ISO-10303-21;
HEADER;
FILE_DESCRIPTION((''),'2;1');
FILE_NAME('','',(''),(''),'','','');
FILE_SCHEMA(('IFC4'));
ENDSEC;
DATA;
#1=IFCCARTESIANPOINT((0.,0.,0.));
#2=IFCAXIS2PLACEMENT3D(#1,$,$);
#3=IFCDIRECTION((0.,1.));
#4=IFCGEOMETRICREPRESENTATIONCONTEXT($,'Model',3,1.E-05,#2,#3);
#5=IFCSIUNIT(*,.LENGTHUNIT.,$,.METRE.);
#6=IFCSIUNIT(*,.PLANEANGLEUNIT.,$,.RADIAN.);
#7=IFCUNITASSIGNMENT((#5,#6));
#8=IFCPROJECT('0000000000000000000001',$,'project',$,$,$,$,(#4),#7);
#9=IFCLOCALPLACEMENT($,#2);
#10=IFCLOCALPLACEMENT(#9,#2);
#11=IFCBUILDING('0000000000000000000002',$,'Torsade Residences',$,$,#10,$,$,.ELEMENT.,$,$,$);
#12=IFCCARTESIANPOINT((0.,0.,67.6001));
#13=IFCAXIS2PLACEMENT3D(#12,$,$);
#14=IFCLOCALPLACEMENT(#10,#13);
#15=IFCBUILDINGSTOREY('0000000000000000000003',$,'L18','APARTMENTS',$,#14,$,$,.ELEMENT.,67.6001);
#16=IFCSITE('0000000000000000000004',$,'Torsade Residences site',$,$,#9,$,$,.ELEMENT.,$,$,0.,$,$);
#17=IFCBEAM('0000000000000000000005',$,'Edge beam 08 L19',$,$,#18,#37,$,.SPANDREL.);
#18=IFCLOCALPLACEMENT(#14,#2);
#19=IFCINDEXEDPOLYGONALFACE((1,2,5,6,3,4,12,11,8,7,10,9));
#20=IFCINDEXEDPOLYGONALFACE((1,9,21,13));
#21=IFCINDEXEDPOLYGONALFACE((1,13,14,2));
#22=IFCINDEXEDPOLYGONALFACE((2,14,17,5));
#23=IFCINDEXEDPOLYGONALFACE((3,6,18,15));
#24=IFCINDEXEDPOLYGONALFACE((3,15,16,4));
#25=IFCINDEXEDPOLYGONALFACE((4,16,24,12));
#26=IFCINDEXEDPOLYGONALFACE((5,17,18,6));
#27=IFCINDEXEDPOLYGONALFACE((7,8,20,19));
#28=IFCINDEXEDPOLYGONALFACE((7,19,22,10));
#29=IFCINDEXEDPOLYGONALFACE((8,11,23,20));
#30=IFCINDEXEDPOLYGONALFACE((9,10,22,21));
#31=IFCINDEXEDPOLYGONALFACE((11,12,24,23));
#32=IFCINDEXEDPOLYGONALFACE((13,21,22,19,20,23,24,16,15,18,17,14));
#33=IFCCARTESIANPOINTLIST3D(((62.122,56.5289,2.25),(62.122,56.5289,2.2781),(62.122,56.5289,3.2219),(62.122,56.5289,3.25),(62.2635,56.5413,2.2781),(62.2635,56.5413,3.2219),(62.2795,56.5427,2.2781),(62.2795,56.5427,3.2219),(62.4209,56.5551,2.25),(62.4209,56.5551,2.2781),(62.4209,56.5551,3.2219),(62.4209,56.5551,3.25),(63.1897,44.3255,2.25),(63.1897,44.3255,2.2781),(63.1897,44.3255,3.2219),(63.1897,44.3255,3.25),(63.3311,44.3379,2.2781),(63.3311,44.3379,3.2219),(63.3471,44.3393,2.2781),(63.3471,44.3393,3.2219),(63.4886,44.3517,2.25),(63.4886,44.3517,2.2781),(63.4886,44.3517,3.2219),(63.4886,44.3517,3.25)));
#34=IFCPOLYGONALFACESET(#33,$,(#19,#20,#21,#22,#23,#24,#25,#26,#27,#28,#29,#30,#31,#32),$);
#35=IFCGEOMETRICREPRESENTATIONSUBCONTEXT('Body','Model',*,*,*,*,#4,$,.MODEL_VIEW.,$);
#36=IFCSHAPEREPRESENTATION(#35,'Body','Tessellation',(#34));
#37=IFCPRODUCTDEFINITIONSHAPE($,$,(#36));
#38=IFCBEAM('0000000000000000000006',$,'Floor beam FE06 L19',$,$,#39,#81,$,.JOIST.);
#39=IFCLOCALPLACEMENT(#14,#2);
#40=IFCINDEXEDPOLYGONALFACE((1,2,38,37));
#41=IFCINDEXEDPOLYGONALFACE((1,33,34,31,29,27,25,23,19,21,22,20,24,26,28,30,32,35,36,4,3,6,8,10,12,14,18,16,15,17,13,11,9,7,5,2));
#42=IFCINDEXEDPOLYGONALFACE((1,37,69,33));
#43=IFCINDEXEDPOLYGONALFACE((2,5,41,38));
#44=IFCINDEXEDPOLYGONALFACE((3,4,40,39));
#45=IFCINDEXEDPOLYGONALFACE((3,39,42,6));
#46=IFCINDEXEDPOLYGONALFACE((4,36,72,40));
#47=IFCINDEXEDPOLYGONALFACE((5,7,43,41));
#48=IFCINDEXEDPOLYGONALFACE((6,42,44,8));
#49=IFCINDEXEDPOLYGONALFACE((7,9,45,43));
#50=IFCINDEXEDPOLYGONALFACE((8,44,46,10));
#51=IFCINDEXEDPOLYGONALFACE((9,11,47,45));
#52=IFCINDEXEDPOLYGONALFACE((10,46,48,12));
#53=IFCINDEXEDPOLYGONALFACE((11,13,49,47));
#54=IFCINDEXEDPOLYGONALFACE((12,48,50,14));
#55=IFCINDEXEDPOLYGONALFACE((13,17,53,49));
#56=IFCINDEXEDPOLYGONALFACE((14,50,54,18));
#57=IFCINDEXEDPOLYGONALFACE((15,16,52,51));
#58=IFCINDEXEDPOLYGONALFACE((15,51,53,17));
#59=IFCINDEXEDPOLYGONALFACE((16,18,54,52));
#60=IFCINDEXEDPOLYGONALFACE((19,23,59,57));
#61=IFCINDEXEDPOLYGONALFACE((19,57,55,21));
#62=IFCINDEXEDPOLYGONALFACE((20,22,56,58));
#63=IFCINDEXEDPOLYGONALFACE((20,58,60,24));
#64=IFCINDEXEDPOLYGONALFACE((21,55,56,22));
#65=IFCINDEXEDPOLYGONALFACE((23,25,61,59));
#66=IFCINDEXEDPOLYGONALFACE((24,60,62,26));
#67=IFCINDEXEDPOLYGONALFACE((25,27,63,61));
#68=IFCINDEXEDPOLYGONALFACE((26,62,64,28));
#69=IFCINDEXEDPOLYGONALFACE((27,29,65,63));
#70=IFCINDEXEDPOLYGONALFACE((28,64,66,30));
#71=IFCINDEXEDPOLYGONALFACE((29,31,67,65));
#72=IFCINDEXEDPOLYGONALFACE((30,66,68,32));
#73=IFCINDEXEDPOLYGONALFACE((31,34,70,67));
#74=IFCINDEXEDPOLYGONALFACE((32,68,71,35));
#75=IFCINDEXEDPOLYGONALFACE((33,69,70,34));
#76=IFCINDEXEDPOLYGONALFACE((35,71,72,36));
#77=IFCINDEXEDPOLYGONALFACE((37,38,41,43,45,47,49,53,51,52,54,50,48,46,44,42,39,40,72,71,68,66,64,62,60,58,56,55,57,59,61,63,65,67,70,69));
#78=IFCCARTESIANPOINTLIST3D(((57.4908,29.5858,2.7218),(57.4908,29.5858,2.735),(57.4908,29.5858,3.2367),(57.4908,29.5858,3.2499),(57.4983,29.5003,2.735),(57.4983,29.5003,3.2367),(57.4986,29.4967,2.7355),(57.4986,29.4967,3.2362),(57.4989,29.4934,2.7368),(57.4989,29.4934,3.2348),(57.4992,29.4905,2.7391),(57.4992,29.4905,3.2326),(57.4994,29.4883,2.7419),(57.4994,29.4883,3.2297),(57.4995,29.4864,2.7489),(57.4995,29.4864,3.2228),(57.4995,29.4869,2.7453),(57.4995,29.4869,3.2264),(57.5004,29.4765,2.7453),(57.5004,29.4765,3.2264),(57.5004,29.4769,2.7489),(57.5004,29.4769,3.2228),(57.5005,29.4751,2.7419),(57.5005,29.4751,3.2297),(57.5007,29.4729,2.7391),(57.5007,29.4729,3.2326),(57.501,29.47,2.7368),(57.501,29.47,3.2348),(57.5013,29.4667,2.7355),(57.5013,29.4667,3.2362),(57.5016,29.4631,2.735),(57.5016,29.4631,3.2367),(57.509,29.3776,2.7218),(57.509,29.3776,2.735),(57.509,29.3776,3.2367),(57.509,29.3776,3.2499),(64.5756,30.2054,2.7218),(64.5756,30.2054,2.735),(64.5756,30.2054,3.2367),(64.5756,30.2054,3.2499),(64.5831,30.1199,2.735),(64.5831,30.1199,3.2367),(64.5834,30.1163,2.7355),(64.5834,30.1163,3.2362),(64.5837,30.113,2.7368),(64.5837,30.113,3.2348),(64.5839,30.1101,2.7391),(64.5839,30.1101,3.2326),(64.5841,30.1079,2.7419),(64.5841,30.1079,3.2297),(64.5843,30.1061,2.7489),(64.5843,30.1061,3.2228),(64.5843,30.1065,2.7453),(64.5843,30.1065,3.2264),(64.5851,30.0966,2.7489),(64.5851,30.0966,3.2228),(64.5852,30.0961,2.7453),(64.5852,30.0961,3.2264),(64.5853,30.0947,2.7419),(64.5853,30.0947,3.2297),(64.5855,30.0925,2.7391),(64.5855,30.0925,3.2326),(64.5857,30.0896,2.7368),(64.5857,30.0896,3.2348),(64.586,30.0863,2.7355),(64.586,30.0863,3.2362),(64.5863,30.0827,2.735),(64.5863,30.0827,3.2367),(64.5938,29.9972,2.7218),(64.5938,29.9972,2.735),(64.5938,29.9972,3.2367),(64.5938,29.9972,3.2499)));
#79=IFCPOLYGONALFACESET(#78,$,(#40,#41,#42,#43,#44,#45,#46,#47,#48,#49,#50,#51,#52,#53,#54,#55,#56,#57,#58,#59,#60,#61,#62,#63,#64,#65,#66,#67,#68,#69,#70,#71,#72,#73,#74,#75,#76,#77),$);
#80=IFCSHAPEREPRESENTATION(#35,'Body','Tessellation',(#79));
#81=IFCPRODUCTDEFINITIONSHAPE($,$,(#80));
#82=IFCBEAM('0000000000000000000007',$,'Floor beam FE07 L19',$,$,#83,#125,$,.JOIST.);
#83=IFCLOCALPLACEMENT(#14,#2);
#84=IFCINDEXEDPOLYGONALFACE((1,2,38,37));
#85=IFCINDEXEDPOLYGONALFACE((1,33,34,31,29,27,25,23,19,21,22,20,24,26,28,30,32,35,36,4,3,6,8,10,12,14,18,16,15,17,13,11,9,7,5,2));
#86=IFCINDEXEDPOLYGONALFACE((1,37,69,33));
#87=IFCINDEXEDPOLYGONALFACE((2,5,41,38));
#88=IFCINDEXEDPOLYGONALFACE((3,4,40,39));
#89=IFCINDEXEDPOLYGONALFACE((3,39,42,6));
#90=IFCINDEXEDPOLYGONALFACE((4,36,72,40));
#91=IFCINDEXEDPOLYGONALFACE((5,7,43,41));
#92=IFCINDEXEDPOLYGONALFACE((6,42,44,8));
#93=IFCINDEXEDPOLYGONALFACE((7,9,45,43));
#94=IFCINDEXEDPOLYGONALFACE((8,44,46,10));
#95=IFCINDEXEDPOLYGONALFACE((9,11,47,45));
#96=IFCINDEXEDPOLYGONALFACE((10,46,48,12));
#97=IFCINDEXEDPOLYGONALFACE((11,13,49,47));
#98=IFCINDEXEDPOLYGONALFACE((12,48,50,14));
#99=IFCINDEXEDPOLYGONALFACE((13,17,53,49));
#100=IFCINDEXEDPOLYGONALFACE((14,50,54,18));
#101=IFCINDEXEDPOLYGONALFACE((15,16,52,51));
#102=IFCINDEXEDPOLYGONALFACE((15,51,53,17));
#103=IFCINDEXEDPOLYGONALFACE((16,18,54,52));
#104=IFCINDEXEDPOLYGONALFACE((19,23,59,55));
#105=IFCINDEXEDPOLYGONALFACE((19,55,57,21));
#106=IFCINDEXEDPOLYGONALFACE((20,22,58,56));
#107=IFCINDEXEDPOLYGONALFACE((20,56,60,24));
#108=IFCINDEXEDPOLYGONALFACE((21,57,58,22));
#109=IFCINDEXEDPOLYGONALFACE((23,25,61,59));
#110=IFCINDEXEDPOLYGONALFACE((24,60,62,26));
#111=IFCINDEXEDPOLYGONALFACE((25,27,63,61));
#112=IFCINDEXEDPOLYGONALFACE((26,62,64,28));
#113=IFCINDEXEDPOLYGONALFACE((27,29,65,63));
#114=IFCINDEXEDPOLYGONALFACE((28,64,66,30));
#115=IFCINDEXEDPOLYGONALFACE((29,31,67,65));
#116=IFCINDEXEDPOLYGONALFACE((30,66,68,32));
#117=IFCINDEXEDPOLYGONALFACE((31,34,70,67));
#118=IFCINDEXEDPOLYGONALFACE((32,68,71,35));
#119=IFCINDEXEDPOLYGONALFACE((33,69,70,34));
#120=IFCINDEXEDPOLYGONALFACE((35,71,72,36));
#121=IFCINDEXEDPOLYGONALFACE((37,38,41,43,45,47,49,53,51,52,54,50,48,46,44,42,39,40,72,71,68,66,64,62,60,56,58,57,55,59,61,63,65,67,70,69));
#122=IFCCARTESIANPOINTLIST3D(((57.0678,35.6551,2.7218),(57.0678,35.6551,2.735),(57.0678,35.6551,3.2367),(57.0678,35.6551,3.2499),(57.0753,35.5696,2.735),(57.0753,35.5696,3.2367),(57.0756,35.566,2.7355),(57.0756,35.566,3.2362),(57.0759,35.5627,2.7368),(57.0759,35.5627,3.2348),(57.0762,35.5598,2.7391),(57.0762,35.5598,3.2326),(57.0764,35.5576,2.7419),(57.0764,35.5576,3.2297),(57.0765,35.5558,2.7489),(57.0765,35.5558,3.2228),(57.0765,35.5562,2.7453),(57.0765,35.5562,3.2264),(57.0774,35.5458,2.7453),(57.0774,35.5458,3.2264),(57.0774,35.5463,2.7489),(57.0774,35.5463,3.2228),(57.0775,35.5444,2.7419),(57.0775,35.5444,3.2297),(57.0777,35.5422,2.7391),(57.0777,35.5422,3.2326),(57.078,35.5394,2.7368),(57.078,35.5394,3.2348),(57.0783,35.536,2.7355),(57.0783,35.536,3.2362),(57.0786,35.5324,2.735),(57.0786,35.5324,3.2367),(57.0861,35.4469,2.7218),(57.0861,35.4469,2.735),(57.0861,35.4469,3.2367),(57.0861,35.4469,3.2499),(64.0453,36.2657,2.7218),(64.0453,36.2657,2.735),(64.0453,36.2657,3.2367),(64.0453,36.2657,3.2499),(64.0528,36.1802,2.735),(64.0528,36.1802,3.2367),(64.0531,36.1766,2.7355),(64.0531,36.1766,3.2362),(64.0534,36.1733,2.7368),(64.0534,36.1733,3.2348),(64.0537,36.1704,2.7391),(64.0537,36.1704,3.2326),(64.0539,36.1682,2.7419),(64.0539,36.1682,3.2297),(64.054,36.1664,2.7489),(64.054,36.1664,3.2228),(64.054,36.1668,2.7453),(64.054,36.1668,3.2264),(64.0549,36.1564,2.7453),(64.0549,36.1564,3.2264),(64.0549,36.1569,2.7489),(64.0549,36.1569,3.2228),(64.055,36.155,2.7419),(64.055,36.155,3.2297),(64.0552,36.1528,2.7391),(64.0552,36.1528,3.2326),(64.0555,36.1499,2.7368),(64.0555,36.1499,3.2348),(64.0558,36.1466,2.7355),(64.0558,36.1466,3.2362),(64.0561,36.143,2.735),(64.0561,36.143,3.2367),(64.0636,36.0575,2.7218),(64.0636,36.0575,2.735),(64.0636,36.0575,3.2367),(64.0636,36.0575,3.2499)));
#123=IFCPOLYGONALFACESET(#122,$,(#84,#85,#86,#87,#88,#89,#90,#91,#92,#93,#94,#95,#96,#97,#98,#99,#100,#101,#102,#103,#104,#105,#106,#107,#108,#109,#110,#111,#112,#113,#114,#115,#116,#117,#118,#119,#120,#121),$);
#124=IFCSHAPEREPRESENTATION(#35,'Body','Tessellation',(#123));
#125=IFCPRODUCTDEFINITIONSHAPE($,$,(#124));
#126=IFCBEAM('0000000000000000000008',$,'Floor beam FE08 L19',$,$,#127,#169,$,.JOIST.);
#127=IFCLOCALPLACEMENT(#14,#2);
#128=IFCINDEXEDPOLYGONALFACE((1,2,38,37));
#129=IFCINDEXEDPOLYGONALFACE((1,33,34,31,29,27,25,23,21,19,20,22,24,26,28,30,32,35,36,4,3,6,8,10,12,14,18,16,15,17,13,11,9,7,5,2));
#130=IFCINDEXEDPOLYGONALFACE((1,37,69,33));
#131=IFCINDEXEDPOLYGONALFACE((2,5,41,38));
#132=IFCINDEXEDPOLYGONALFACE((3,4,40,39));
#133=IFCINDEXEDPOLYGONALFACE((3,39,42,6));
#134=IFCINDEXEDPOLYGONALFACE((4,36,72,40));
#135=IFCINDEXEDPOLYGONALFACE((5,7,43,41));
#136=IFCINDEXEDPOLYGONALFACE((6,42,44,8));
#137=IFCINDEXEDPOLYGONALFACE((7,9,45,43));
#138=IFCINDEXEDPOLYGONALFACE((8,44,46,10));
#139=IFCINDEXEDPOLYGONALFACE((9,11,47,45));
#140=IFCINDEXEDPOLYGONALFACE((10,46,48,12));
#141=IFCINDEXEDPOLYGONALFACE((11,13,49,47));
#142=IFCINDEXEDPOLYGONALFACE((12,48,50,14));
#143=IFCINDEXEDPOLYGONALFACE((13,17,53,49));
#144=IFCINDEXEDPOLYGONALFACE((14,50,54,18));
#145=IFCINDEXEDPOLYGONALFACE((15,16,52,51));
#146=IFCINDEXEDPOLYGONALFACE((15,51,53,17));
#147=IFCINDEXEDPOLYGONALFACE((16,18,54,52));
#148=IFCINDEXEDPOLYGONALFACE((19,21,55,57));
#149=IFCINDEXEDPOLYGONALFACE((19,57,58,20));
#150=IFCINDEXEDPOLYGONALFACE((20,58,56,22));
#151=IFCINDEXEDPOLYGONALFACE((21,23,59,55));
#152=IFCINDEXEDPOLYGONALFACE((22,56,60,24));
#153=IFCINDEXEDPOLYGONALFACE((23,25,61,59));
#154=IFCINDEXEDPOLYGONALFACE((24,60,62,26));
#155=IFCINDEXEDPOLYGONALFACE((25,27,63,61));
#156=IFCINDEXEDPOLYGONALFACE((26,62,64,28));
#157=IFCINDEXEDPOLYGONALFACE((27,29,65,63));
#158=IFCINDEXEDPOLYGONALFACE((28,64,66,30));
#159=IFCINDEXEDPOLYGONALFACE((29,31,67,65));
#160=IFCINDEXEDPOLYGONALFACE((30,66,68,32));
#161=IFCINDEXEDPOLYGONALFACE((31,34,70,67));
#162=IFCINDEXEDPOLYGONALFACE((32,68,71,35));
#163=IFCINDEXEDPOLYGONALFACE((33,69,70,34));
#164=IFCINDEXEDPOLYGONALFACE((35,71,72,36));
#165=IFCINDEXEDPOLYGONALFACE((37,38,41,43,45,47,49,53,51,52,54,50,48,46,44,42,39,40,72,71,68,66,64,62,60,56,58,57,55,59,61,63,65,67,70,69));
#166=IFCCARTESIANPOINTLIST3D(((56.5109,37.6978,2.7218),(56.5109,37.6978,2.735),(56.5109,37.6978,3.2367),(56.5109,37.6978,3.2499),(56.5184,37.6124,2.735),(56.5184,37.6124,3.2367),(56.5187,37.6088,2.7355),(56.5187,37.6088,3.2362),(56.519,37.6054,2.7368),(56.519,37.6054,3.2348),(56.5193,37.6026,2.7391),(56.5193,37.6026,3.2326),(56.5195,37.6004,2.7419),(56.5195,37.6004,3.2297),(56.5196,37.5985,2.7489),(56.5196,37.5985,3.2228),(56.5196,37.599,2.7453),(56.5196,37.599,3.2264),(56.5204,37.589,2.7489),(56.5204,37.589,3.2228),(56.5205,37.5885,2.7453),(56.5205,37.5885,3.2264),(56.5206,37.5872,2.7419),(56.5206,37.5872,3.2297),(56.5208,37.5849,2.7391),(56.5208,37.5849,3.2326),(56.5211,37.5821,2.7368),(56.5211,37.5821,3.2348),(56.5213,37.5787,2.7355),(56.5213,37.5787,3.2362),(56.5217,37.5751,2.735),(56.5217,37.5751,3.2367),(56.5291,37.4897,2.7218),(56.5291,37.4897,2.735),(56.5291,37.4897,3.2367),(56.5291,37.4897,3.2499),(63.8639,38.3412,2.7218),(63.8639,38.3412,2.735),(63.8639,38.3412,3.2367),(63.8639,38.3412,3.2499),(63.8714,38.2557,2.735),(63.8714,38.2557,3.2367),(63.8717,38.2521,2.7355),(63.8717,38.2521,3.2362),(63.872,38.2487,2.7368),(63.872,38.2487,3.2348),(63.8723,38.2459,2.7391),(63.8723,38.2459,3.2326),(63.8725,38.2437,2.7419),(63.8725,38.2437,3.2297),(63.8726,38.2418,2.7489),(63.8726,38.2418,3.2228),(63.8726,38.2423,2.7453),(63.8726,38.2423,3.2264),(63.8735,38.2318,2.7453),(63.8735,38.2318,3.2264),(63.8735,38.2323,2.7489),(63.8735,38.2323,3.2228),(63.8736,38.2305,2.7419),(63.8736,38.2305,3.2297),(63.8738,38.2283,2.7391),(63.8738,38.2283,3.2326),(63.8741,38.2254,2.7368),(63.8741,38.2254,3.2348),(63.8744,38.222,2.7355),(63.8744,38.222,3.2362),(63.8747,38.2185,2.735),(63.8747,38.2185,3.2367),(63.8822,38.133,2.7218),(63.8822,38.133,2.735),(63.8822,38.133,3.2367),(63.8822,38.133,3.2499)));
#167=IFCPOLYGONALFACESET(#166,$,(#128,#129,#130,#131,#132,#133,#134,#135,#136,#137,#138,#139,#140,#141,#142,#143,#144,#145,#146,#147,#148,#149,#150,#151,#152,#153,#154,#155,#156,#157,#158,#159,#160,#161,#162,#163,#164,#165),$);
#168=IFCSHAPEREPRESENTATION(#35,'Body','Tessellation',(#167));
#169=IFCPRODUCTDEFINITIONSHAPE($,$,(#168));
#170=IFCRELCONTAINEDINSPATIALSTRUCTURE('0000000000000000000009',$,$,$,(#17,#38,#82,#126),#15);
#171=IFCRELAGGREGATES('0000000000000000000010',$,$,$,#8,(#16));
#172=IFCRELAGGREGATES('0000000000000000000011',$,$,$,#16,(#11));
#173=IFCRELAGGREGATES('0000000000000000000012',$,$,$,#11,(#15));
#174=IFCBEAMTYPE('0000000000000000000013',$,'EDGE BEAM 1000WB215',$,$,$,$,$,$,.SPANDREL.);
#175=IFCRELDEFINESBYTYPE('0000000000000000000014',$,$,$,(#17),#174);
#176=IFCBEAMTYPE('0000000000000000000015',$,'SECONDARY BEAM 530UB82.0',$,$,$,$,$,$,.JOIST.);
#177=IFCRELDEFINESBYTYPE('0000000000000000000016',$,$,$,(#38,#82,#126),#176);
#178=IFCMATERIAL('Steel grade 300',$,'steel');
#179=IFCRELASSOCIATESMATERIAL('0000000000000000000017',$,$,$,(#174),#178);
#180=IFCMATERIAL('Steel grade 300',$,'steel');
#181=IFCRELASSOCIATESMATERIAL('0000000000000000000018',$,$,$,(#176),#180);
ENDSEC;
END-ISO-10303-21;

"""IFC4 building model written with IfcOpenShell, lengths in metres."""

from ifc_helpers import new_model, si_unit, direction, frame, origin, origin_2d, place, context, subcontext, project, spatial, i_section, extrude, material, material_profile, profile_set, type_object, element, save


model = new_model("IFC4")

# Units and contexts
model_context = context("Model", 3, precision=1e-05, world=origin(), true_north=direction((0.0, 1.0)))
body_context = subcontext(model_context, "Body", "Model", "MODEL_VIEW")
ifc_project = project(units=[si_unit("LENGTHUNIT", "METRE"), si_unit("PLANEANGLEUNIT", "RADIAN")], contexts=[model_context])

# Site, building, storey
site_placement = place(None, origin())
site = spatial("IfcSite", under=ifc_project, at=site_placement, Name="Torsade Residences site", CompositionType="ELEMENT", RefElevation=0.0)
building_placement = place(site_placement, origin())
building = spatial("IfcBuilding", under=site, at=building_placement, Name="Torsade Residences", CompositionType="ELEMENT")
storey_placement = place(building_placement, frame((0.0, 0.0, 67.6001)))
storey = spatial("IfcBuildingStorey", under=building, at=storey_placement, Name="L18", Description="APARTMENTS", CompositionType="ELEMENT", Elevation=67.6001)

# Beams
ifc_material_1 = material(Name="Steel grade 300", Category="steel")
ifc_material_profile_1 = material_profile(ifc_material_1, i_section(OverallWidth=0.3, OverallDepth=1.0, WebThickness=0.0161, FlangeThickness=0.0281, at=origin_2d()), Name="1000WB215")
ifc_profile_set_1 = profile_set([ifc_material_profile_1], Name="Steel grade 300")
beam_type_1 = type_object("IfcBeamType", Name="EDGE BEAM 1000WB215", PredefinedType="SPANDREL", material=ifc_profile_set_1)
for number, where, z_axis, x_axis, name in (
    (1, (63.3391, 44.3386, 2.75), (-0.087153, 0.996195, 0.0), (-0.996195, -0.087153, 0.0), "Edge beam 08 L19"),
):
    element("IfcBeam", number, at=place(storey_placement, frame(where, z_axis=z_axis, x_axis=x_axis)), inside=storey, type_object=beam_type_1, Name=name, PredefinedType="SPANDREL", context=body_context, shape_type="SweptSolid", body=[
        extrude(i_section(OverallWidth=0.3, OverallDepth=1.0, WebThickness=0.0161, FlangeThickness=0.0281, at=origin_2d()), origin(), (0.0, 0.0, 1.0), 12.25),
    ])
ifc_material_2 = material(Name="Steel grade 300", Category="steel")
ifc_material_profile_2 = material_profile(ifc_material_2, i_section(OverallWidth=0.209, OverallDepth=0.5281, WebThickness=0.0095, FlangeThickness=0.0132, FilletRadius=0.0139, at=origin_2d()), Name="530UB82.0")
ifc_profile_set_2 = profile_set([ifc_material_profile_2], Name="Steel grade 300")
beam_type_2 = type_object("IfcBeamType", Name="SECONDARY BEAM 530UB82.0", PredefinedType="JOIST", material=ifc_profile_set_2)
beam_1_placement = place(storey_placement, frame((64.5847, 30.1013, 2.9858), z_axis=(-0.996197, -0.087127, 0.0), x_axis=(0.087127, -0.996197, 0.0)))
element("IfcBeam", 2, at=beam_1_placement, inside=storey, type_object=beam_type_2, Name="Floor beam FE06 L19", PredefinedType="JOIST", context=body_context, shape_type="SweptSolid", body=[
    extrude(i_section(OverallWidth=0.209, OverallDepth=0.5281, WebThickness=0.0095, FlangeThickness=0.0132, FilletRadius=0.0139, at=origin_2d()), origin(), (0.0, 0.0, 1.0), 7.1118),
])
beam_2_placement = place(storey_placement, frame((64.0544, 36.1616, 2.9858), z_axis=(-0.996193, -0.087176, 0.0), x_axis=(0.087176, -0.996193, 0.0)))
element("IfcBeam", 3, at=beam_2_placement, inside=storey, type_object=beam_type_2, Name="Floor beam FE07 L19", PredefinedType="JOIST", context=body_context, shape_type="SweptSolid", body=[
    extrude(i_section(OverallWidth=0.209, OverallDepth=0.5281, WebThickness=0.0095, FlangeThickness=0.0132, FilletRadius=0.0139, at=origin_2d()), origin(), (0.0, 0.0, 1.0), 7.0042),
])
beam_3_placement = place(storey_placement, frame((63.873, 38.2371, 2.9858), z_axis=(-0.996195, -0.087156, 0.0), x_axis=(0.087156, -0.996195, 0.0)))
element("IfcBeam", 4, at=beam_3_placement, inside=storey, type_object=beam_type_2, Name="Floor beam FE08 L19", PredefinedType="JOIST", context=body_context, shape_type="SweptSolid", body=[
    extrude(i_section(OverallWidth=0.209, OverallDepth=0.5281, WebThickness=0.0095, FlangeThickness=0.0132, FilletRadius=0.0139, at=origin_2d()), origin(), (0.0, 0.0, 1.0), 7.3811),
])

save(model, "model.ifc")
